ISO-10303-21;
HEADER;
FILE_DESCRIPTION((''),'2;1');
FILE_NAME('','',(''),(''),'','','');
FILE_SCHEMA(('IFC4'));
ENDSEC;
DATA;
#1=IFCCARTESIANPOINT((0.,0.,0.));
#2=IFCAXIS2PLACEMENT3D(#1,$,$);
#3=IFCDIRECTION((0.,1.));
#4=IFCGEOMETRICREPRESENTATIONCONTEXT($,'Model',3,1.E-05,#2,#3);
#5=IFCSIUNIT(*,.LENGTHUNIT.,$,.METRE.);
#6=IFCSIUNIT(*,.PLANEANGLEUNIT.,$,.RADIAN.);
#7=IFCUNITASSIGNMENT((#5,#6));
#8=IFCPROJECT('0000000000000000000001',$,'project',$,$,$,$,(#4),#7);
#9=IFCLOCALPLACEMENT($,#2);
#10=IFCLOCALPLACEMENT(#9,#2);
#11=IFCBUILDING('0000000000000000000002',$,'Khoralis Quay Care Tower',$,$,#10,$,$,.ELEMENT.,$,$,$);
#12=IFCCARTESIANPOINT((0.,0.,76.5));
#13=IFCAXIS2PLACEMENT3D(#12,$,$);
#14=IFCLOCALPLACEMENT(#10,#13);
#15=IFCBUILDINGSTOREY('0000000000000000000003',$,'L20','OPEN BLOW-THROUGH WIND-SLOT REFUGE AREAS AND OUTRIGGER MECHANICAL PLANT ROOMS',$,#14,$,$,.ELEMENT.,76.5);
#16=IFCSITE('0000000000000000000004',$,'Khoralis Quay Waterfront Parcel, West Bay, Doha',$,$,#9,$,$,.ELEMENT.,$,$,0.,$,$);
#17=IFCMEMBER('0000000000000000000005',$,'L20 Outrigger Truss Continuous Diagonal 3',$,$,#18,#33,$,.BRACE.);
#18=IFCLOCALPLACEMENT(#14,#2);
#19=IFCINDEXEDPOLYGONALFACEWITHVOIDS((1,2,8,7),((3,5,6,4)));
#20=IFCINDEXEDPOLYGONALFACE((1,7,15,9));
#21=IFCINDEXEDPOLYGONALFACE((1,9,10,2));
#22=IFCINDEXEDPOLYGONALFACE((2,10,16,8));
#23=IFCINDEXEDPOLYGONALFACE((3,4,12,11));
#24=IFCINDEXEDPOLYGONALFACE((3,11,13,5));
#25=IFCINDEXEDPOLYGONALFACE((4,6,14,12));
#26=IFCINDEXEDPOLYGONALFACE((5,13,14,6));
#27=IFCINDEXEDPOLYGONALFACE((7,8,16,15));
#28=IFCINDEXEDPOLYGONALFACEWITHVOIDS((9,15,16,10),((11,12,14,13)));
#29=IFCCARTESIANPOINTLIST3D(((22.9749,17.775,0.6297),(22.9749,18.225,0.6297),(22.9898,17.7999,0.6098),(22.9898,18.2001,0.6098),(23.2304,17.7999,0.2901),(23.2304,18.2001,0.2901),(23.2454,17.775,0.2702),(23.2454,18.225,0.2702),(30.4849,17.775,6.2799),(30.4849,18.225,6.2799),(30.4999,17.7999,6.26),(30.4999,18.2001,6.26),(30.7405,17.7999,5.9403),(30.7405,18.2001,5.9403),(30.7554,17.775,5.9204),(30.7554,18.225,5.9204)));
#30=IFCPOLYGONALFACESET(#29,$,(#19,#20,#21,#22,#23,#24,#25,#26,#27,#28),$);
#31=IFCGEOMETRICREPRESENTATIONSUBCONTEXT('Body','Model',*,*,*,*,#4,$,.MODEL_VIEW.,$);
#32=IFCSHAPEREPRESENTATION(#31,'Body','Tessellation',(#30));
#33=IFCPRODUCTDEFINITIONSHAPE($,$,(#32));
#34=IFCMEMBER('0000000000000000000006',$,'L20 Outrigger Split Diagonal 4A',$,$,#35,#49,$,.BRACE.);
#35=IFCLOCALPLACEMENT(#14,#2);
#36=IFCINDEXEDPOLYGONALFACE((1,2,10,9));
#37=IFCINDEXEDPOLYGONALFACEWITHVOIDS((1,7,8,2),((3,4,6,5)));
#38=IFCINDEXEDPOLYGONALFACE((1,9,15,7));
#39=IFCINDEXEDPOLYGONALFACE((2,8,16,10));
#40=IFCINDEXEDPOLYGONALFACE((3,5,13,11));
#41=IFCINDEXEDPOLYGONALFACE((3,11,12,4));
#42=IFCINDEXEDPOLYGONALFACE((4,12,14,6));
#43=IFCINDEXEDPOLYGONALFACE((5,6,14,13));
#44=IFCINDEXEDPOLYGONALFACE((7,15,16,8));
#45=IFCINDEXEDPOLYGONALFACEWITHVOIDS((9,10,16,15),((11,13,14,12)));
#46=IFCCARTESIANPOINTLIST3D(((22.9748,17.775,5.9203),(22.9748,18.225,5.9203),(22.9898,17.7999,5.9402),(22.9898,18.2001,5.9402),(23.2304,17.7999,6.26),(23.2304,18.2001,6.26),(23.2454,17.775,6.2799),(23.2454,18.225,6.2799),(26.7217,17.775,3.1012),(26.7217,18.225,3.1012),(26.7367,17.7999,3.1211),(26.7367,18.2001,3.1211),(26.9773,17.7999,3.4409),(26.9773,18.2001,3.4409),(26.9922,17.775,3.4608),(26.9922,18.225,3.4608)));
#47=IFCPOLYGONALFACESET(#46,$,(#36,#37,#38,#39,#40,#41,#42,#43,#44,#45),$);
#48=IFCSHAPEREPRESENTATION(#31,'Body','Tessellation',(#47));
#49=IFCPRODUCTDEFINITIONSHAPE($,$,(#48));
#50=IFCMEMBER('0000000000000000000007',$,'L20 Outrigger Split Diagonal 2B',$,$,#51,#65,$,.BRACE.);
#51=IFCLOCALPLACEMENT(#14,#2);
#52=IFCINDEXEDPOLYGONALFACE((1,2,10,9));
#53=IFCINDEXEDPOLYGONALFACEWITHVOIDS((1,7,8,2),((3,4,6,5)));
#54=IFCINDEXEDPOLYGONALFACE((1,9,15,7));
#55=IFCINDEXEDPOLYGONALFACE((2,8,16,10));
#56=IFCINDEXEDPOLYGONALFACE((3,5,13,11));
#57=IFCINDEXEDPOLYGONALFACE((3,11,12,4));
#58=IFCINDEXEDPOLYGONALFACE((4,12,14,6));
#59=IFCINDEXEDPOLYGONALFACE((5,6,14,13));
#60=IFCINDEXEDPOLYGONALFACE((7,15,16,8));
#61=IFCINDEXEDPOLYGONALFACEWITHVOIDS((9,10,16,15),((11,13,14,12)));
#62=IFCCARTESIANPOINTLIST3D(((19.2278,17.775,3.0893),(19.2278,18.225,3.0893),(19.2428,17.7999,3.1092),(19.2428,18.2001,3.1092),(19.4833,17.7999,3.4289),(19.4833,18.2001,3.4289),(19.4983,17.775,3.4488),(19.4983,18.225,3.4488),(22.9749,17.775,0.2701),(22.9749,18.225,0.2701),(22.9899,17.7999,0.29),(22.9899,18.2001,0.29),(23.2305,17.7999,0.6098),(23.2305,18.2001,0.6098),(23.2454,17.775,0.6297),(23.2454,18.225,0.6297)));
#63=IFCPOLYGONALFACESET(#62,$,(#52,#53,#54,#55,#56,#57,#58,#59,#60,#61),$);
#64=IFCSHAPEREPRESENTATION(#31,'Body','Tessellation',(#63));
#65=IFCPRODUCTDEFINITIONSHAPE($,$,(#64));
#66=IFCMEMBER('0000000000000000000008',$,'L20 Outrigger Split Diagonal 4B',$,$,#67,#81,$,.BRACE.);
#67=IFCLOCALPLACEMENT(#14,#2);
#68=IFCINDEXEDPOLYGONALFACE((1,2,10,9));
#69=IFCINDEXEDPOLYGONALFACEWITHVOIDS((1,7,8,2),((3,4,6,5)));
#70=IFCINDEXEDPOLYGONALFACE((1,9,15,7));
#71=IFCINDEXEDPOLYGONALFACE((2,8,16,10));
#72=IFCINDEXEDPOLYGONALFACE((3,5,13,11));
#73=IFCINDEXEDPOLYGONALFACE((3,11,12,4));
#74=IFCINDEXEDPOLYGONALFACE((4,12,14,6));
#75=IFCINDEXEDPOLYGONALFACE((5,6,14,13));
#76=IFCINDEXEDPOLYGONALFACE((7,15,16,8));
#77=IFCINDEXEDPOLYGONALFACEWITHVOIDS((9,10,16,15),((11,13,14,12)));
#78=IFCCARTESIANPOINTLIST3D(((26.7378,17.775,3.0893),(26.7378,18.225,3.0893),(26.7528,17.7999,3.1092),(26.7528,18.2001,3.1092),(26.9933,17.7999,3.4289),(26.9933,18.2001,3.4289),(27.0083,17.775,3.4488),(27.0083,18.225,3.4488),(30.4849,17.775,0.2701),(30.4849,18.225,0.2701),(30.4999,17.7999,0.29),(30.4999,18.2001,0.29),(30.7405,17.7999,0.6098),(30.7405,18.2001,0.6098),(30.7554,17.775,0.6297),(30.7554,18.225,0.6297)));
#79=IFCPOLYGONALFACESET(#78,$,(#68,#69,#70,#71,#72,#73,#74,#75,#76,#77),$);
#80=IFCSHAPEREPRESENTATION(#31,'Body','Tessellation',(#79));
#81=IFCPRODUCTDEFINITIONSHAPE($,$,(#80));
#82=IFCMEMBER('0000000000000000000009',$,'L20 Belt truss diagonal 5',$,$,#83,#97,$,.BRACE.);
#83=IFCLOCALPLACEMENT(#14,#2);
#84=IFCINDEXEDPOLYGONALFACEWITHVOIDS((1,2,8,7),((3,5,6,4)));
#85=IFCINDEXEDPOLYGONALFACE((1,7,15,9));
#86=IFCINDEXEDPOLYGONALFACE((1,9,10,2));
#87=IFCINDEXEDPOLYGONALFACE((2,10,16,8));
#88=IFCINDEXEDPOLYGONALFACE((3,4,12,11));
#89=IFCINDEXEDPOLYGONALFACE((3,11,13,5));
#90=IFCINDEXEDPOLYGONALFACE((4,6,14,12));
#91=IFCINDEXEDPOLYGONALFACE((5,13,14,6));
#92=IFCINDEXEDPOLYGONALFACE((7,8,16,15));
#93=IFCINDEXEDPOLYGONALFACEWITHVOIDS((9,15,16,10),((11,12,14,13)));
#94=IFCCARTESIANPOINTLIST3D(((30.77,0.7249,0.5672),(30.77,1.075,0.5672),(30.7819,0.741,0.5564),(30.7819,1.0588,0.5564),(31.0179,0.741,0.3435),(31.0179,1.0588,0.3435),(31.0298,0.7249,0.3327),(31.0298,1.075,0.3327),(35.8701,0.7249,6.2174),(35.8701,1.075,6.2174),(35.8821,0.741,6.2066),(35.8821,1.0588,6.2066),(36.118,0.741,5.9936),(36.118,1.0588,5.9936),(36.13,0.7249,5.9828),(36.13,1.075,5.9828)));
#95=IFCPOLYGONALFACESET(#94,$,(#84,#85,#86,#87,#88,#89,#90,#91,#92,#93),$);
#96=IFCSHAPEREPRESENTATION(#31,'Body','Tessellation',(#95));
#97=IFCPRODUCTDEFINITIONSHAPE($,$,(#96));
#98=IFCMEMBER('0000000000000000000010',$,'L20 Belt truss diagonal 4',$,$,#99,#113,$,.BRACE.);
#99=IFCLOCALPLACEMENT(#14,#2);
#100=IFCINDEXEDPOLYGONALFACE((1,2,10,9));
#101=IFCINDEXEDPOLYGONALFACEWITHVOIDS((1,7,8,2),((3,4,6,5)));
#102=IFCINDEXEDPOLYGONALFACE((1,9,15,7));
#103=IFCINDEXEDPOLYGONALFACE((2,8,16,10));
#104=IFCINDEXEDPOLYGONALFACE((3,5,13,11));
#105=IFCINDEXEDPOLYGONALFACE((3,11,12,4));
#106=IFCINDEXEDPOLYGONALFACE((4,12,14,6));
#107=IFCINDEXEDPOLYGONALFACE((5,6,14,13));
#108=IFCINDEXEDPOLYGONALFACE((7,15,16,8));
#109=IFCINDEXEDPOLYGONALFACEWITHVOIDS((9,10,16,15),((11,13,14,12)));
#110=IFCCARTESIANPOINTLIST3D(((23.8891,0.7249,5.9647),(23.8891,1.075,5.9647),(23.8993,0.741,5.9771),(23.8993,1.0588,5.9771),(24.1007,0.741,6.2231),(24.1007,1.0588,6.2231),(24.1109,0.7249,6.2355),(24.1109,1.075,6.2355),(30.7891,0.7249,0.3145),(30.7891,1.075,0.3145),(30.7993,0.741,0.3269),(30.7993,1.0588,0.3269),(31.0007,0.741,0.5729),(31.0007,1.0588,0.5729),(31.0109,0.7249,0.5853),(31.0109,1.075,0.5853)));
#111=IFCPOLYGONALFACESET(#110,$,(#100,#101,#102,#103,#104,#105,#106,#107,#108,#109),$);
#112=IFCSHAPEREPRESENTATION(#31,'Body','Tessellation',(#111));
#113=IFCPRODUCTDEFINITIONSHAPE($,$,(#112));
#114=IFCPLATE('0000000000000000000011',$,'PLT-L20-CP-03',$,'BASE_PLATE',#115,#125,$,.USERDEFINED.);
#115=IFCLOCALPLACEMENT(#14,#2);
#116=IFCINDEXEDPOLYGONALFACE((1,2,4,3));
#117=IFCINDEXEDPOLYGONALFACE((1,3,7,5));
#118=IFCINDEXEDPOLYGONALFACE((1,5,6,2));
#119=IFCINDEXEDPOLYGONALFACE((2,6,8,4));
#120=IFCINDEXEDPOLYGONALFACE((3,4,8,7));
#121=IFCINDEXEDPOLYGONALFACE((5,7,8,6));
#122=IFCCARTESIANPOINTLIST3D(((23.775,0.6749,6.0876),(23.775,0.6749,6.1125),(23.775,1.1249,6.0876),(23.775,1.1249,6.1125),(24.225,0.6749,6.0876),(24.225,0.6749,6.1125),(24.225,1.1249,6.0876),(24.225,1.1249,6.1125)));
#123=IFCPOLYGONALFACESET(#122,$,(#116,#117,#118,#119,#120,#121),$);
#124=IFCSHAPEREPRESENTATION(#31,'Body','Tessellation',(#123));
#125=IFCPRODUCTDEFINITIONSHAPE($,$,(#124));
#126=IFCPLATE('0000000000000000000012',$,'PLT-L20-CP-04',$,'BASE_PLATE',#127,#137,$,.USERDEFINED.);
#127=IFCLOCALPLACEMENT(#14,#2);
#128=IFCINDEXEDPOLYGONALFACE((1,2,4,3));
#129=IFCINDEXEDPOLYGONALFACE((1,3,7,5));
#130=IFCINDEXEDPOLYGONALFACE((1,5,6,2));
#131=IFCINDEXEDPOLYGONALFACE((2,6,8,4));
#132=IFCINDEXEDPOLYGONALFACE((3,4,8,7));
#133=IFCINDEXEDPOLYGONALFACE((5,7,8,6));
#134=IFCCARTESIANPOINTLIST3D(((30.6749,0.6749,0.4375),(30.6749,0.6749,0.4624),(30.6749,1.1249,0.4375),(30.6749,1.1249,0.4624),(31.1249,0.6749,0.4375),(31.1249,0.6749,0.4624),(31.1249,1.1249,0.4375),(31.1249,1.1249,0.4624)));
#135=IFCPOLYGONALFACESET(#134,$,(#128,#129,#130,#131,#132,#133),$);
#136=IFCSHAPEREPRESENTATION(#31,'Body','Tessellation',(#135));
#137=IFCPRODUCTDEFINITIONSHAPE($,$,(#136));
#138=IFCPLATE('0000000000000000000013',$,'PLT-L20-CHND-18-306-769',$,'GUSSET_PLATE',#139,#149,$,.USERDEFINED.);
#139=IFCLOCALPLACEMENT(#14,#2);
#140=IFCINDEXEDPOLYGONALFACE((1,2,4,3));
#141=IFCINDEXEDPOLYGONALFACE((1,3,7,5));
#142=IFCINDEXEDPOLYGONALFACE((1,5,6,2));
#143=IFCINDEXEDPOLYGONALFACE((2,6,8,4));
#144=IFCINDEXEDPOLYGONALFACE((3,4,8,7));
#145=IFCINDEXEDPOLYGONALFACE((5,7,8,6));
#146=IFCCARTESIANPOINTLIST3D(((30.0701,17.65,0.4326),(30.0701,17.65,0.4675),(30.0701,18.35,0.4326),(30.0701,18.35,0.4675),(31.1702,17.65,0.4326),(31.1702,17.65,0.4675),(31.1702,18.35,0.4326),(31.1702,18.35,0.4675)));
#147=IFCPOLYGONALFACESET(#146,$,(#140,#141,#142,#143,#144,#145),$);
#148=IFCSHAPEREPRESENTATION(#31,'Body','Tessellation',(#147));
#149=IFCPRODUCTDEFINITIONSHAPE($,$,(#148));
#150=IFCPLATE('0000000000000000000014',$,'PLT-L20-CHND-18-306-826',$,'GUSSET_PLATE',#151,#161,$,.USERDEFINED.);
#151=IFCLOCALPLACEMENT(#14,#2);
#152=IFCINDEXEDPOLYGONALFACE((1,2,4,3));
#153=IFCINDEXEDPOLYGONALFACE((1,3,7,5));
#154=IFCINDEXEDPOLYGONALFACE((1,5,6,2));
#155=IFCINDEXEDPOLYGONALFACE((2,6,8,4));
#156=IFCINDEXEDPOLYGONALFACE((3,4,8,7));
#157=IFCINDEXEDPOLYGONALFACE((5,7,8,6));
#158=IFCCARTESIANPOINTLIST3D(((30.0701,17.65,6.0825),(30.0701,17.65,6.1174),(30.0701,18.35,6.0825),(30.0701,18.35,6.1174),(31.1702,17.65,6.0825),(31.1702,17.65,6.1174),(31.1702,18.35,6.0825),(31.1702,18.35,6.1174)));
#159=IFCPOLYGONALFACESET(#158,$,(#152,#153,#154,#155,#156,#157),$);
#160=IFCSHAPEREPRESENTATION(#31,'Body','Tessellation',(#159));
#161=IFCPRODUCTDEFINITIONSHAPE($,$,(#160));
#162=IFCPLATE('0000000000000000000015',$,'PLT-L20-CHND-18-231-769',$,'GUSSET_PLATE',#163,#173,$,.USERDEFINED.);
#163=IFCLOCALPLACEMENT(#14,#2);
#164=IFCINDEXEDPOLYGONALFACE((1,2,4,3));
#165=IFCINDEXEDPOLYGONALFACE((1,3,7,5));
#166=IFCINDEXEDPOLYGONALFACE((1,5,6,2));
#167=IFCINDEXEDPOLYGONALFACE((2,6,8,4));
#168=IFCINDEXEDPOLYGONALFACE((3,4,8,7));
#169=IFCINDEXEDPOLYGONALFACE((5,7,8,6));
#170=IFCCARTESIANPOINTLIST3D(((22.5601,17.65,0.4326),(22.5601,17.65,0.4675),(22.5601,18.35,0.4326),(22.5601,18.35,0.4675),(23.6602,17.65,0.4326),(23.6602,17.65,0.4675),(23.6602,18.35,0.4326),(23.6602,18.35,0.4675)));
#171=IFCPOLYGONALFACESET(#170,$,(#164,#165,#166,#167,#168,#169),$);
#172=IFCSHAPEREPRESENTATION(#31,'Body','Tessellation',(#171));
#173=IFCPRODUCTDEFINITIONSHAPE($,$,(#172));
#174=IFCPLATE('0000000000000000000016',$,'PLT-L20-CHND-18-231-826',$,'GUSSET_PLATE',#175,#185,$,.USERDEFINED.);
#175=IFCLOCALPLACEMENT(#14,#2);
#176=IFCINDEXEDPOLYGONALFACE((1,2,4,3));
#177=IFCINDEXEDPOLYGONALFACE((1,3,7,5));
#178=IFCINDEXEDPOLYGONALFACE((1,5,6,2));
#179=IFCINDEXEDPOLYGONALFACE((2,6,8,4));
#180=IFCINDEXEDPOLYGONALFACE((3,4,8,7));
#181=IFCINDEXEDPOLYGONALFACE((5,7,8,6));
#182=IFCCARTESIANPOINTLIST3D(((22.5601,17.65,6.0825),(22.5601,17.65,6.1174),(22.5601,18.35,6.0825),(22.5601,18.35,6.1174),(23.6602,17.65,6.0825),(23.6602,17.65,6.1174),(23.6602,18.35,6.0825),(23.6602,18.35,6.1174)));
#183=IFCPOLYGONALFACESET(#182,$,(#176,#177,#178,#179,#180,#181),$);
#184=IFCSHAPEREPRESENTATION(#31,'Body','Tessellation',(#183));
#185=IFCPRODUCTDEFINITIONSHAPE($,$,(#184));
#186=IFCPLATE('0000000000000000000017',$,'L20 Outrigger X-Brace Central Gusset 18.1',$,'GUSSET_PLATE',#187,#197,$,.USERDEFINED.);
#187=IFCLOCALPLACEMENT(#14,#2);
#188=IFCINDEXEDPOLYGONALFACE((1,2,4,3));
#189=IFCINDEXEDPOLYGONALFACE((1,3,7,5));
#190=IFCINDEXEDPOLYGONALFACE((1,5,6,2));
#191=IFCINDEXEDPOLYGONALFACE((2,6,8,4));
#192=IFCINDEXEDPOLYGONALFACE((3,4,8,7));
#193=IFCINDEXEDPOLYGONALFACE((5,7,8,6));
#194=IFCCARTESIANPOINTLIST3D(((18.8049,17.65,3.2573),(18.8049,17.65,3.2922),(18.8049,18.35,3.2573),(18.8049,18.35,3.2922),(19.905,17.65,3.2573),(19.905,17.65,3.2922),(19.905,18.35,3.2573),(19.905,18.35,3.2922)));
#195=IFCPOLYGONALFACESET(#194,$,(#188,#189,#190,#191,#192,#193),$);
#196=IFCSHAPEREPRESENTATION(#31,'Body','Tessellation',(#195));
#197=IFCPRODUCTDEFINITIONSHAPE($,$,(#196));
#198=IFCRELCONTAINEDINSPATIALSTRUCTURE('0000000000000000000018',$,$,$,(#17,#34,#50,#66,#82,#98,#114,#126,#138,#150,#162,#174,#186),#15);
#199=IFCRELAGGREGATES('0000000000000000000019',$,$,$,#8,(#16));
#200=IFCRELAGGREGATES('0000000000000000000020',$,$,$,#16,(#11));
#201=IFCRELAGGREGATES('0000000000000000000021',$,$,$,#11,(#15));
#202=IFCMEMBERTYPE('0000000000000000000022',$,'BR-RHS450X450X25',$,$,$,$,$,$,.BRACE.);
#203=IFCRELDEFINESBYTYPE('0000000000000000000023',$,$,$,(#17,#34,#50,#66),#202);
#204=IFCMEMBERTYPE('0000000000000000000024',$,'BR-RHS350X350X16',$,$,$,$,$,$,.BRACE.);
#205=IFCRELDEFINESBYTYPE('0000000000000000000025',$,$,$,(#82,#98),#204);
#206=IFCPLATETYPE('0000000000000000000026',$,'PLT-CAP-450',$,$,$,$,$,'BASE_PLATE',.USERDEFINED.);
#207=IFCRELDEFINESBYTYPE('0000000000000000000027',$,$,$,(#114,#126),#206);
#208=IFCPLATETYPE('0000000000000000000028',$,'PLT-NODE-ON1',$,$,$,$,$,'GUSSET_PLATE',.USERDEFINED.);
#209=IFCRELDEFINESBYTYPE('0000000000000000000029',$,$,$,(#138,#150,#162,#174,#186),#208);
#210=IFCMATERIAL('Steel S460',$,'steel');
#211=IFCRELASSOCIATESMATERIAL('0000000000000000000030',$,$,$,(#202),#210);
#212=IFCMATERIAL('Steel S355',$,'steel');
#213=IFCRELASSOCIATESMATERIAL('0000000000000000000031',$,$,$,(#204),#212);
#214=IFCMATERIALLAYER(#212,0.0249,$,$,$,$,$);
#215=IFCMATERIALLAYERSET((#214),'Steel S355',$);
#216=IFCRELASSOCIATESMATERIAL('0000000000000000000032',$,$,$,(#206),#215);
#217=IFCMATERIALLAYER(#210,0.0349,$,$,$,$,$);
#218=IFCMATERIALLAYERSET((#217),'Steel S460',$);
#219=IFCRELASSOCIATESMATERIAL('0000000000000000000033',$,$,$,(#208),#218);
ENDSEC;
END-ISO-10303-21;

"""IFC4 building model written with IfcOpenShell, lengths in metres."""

from ifc_helpers import new_model, si_unit, direction, frame, origin, origin_2d, place, context, subcontext, project, spatial, rectangle, hollow_rectangle, extrude, source, transform, mapped, material, layer, layer_set, material_profile, profile_set, type_object, element, save


model = new_model("IFC4")

# Units and contexts
model_context = context("Model", 3, precision=1e-05, world=origin(), true_north=direction((0.0, 1.0)))
body_context = subcontext(model_context, "Body", "Model", "MODEL_VIEW")
ifc_project = project(units=[si_unit("LENGTHUNIT", "METRE"), si_unit("PLANEANGLEUNIT", "RADIAN")], contexts=[model_context])

# Site, building, storey
site_placement = place(None, origin())
site = spatial("IfcSite", under=ifc_project, at=site_placement, Name="Khoralis Quay Waterfront Parcel, West Bay, Doha", CompositionType="ELEMENT", RefElevation=0.0)
building_placement = place(site_placement, origin())
building = spatial("IfcBuilding", under=site, at=building_placement, Name="Khoralis Quay Care Tower", CompositionType="ELEMENT")
storey_placement = place(building_placement, frame((0.0, 0.0, 76.5)))
storey = spatial("IfcBuildingStorey", under=building, at=storey_placement, Name="L20", Description="OPEN BLOW-THROUGH WIND-SLOT REFUGE AREAS AND OUTRIGGER MECHANICAL PLANT ROOMS", CompositionType="ELEMENT", Elevation=76.5)

# Shared definitions
ifc_material_1 = material(Name="Steel S355", Category="steel")

# Members
ifc_material_2 = material(Name="Steel S460", Category="steel")
ifc_material_profile_1 = material_profile(ifc_material_2, hollow_rectangle(XDim=0.45, YDim=0.45, WallThickness=0.0249, at=origin_2d()), Name="Steel S460")
ifc_profile_set_1 = profile_set([ifc_material_profile_1], Name="Steel S460")
member_type_1 = type_object("IfcMemberType", Name="BR-RHS450X450X25", PredefinedType="BRACE", material=ifc_profile_set_1)
shared_shape_1 = source(origin(), body_context, "Body", "SweptSolid", [
    extrude(hollow_rectangle(XDim=0.45, YDim=0.45, WallThickness=0.0249, at=origin_2d()), origin(), (0.0, 0.0, 1.0), 9.3982),
])
member_1_placement = place(storey_placement, frame((23.1101, 18.0, 0.45), z_axis=(0.799098, 0.0, 0.601201), x_axis=(0.0, 1.0, 0.0)))
element("IfcMember", 1, at=member_1_placement, inside=storey, type_object=member_type_1, Name="L20 Outrigger Truss Continuous Diagonal 3", PredefinedType="BRACE", context=body_context, shape_type="MappedRepresentation", body=[
    mapped(shared_shape_1, transform((0.0, 0.0, 0.0), scale=1.0)),
])
shared_shape_2 = source(origin(), body_context, "Body", "SweptSolid", [
    extrude(hollow_rectangle(XDim=0.45, YDim=0.45, WallThickness=0.0249, at=origin_2d()), origin(), (0.0, 0.0, 1.0), 4.689),
])
member_2_placement = place(storey_placement, frame((23.1101, 18.0, 6.1001), z_axis=(0.799081, 0.0, -0.601224), x_axis=(0.0, 1.0, 0.0)))
element("IfcMember", 2, at=member_2_placement, inside=storey, type_object=member_type_1, Name="L20 Outrigger Split Diagonal 4A", PredefinedType="BRACE", context=body_context, shape_type="MappedRepresentation", body=[
    mapped(shared_shape_2, transform((0.0, 0.0, 0.0), scale=1.0)),
])
shared_shape_3 = source(origin(), body_context, "Body", "SweptSolid", [
    extrude(hollow_rectangle(XDim=0.45, YDim=0.45, WallThickness=0.0249, at=origin_2d()), origin(), (0.0, 0.0, 1.0), 4.6892),
])
for number, where, z_axis, x_axis, name in (
    (3, (19.363, 18.0, 3.269), (0.799099, 0.0, -0.601199), (0.0, 1.0, 0.0), "L20 Outrigger Split Diagonal 2B"),
    (4, (26.873, 18.0, 3.269), (0.799099, 0.0, -0.601199), (0.0, 1.0, 0.0), "L20 Outrigger Split Diagonal 4B"),
):
    element("IfcMember", number, at=place(storey_placement, frame(where, z_axis=z_axis, x_axis=x_axis)), inside=storey, type_object=member_type_1, Name=name, PredefinedType="BRACE", context=body_context, shape_type="MappedRepresentation", body=[
        mapped(shared_shape_3, transform((0.0, 0.0, 0.0), scale=1.0)),
    ])
ifc_material_profile_2 = material_profile(ifc_material_1, hollow_rectangle(XDim=0.3501, YDim=0.3501, WallThickness=0.0161, at=origin_2d()), Name="Steel S355")
ifc_profile_set_2 = profile_set([ifc_material_profile_2], Name="Steel S355")
member_type_2 = type_object("IfcMemberType", Name="BR-RHS350X350X16", PredefinedType="BRACE", material=ifc_profile_set_2)
shared_shape_4 = source(origin(), body_context, "Body", "SweptSolid", [
    extrude(hollow_rectangle(XDim=0.3501, YDim=0.3501, WallThickness=0.0161, at=origin_2d()), origin(), (0.0, 0.0, 1.0), 7.6116),
])
member_3_placement = place(storey_placement, frame((30.8999, 0.8999, 0.45), z_axis=(0.67005, 0.0, 0.742316), x_axis=(0.0, 1.0, 0.0)))
element("IfcMember", 5, at=member_3_placement, inside=storey, type_object=member_type_2, Name="L20 Belt truss diagonal 5", PredefinedType="BRACE", context=body_context, shape_type="MappedRepresentation", body=[
    mapped(shared_shape_4, transform((0.0, 0.0, 0.0), scale=1.0)),
])
shared_shape_5 = source(origin(), body_context, "Body", "SweptSolid", [
    extrude(hollow_rectangle(XDim=0.3501, YDim=0.3501, WallThickness=0.0161, at=origin_2d()), origin(), (0.0, 0.0, 1.0), 8.9182),
])
member_4_placement = place(storey_placement, frame((24.0, 0.8999, 6.1001), z_axis=(0.773695, 0.0, -0.633558), x_axis=(0.0, 1.0, 0.0)))
element("IfcMember", 6, at=member_4_placement, inside=storey, type_object=member_type_2, Name="L20 Belt truss diagonal 4", PredefinedType="BRACE", context=body_context, shape_type="MappedRepresentation", body=[
    mapped(shared_shape_5, transform((0.0, 0.0, 0.0), scale=1.0)),
])

# Plates
ifc_layer_1 = layer(ifc_material_1, 0.0249)
ifc_layer_set_1 = layer_set([ifc_layer_1], Name="Steel S355")
plate_type_1 = type_object("IfcPlateType", Name="PLT-CAP-450", ElementType="BASE_PLATE", PredefinedType="USERDEFINED", material=ifc_layer_set_1)
shared_shape_6 = source(origin(), body_context, "Body", "SweptSolid", [
    extrude(rectangle(XDim=0.45, YDim=0.45, at=origin_2d()), origin(), (0.0, 0.0, 1.0), 0.0249),
])
for number, where, z_axis, x_axis, name in (
    (7, (24.0, 0.8999, 6.0876), (0.0, 0.0, 1.0), (1.0, 0.0, 0.0), "PLT-L20-CP-03"),
    (8, (30.8999, 0.8999, 0.4375), (0.0, 0.0, 1.0), (1.0, 0.0, 0.0), "PLT-L20-CP-04"),
):
    element("IfcPlate", number, at=place(storey_placement, frame(where, z_axis=z_axis, x_axis=x_axis)), inside=storey, type_object=plate_type_1, Name=name, ObjectType="BASE_PLATE", PredefinedType="USERDEFINED", context=body_context, shape_type="MappedRepresentation", body=[
        mapped(shared_shape_6, transform((0.0, 0.0, 0.0), scale=1.0)),
    ])
ifc_layer_2 = layer(ifc_material_2, 0.0349)
ifc_layer_set_2 = layer_set([ifc_layer_2], Name="Steel S460")
plate_type_2 = type_object("IfcPlateType", Name="PLT-NODE-ON1", ElementType="GUSSET_PLATE", PredefinedType="USERDEFINED", material=ifc_layer_set_2)
shared_shape_7 = source(origin(), body_context, "Body", "SweptSolid", [
    extrude(rectangle(XDim=1.1001, YDim=0.7, at=origin_2d()), origin(), (0.0, 0.0, 1.0), 0.0349),
])
for number, where, z_axis, x_axis, name in (
    (9, (30.6201, 18.0, 0.4326), (0.0, 0.0, 1.0), (1.0, 0.0, 0.0), "PLT-L20-CHND-18-306-769"),
    (10, (30.6201, 18.0, 6.0825), (0.0, 0.0, 1.0), (1.0, 0.0, 0.0), "PLT-L20-CHND-18-306-826"),
    (11, (23.1101, 18.0, 0.4326), (0.0, 0.0, 1.0), (1.0, 0.0, 0.0), "PLT-L20-CHND-18-231-769"),
    (12, (23.1101, 18.0, 6.0825), (0.0, 0.0, 1.0), (1.0, 0.0, 0.0), "PLT-L20-CHND-18-231-826"),
    (13, (19.355, 18.0, 3.2573), (0.0, 0.0, 1.0), (1.0, 0.0, 0.0), "L20 Outrigger X-Brace Central Gusset 18.1"),
):
    element("IfcPlate", number, at=place(storey_placement, frame(where, z_axis=z_axis, x_axis=x_axis)), inside=storey, type_object=plate_type_2, Name=name, ObjectType="GUSSET_PLATE", PredefinedType="USERDEFINED", context=body_context, shape_type="MappedRepresentation", body=[
        mapped(shared_shape_7, transform((0.0, 0.0, 0.0), scale=1.0)),
    ])

save(model, "model.ifc")
